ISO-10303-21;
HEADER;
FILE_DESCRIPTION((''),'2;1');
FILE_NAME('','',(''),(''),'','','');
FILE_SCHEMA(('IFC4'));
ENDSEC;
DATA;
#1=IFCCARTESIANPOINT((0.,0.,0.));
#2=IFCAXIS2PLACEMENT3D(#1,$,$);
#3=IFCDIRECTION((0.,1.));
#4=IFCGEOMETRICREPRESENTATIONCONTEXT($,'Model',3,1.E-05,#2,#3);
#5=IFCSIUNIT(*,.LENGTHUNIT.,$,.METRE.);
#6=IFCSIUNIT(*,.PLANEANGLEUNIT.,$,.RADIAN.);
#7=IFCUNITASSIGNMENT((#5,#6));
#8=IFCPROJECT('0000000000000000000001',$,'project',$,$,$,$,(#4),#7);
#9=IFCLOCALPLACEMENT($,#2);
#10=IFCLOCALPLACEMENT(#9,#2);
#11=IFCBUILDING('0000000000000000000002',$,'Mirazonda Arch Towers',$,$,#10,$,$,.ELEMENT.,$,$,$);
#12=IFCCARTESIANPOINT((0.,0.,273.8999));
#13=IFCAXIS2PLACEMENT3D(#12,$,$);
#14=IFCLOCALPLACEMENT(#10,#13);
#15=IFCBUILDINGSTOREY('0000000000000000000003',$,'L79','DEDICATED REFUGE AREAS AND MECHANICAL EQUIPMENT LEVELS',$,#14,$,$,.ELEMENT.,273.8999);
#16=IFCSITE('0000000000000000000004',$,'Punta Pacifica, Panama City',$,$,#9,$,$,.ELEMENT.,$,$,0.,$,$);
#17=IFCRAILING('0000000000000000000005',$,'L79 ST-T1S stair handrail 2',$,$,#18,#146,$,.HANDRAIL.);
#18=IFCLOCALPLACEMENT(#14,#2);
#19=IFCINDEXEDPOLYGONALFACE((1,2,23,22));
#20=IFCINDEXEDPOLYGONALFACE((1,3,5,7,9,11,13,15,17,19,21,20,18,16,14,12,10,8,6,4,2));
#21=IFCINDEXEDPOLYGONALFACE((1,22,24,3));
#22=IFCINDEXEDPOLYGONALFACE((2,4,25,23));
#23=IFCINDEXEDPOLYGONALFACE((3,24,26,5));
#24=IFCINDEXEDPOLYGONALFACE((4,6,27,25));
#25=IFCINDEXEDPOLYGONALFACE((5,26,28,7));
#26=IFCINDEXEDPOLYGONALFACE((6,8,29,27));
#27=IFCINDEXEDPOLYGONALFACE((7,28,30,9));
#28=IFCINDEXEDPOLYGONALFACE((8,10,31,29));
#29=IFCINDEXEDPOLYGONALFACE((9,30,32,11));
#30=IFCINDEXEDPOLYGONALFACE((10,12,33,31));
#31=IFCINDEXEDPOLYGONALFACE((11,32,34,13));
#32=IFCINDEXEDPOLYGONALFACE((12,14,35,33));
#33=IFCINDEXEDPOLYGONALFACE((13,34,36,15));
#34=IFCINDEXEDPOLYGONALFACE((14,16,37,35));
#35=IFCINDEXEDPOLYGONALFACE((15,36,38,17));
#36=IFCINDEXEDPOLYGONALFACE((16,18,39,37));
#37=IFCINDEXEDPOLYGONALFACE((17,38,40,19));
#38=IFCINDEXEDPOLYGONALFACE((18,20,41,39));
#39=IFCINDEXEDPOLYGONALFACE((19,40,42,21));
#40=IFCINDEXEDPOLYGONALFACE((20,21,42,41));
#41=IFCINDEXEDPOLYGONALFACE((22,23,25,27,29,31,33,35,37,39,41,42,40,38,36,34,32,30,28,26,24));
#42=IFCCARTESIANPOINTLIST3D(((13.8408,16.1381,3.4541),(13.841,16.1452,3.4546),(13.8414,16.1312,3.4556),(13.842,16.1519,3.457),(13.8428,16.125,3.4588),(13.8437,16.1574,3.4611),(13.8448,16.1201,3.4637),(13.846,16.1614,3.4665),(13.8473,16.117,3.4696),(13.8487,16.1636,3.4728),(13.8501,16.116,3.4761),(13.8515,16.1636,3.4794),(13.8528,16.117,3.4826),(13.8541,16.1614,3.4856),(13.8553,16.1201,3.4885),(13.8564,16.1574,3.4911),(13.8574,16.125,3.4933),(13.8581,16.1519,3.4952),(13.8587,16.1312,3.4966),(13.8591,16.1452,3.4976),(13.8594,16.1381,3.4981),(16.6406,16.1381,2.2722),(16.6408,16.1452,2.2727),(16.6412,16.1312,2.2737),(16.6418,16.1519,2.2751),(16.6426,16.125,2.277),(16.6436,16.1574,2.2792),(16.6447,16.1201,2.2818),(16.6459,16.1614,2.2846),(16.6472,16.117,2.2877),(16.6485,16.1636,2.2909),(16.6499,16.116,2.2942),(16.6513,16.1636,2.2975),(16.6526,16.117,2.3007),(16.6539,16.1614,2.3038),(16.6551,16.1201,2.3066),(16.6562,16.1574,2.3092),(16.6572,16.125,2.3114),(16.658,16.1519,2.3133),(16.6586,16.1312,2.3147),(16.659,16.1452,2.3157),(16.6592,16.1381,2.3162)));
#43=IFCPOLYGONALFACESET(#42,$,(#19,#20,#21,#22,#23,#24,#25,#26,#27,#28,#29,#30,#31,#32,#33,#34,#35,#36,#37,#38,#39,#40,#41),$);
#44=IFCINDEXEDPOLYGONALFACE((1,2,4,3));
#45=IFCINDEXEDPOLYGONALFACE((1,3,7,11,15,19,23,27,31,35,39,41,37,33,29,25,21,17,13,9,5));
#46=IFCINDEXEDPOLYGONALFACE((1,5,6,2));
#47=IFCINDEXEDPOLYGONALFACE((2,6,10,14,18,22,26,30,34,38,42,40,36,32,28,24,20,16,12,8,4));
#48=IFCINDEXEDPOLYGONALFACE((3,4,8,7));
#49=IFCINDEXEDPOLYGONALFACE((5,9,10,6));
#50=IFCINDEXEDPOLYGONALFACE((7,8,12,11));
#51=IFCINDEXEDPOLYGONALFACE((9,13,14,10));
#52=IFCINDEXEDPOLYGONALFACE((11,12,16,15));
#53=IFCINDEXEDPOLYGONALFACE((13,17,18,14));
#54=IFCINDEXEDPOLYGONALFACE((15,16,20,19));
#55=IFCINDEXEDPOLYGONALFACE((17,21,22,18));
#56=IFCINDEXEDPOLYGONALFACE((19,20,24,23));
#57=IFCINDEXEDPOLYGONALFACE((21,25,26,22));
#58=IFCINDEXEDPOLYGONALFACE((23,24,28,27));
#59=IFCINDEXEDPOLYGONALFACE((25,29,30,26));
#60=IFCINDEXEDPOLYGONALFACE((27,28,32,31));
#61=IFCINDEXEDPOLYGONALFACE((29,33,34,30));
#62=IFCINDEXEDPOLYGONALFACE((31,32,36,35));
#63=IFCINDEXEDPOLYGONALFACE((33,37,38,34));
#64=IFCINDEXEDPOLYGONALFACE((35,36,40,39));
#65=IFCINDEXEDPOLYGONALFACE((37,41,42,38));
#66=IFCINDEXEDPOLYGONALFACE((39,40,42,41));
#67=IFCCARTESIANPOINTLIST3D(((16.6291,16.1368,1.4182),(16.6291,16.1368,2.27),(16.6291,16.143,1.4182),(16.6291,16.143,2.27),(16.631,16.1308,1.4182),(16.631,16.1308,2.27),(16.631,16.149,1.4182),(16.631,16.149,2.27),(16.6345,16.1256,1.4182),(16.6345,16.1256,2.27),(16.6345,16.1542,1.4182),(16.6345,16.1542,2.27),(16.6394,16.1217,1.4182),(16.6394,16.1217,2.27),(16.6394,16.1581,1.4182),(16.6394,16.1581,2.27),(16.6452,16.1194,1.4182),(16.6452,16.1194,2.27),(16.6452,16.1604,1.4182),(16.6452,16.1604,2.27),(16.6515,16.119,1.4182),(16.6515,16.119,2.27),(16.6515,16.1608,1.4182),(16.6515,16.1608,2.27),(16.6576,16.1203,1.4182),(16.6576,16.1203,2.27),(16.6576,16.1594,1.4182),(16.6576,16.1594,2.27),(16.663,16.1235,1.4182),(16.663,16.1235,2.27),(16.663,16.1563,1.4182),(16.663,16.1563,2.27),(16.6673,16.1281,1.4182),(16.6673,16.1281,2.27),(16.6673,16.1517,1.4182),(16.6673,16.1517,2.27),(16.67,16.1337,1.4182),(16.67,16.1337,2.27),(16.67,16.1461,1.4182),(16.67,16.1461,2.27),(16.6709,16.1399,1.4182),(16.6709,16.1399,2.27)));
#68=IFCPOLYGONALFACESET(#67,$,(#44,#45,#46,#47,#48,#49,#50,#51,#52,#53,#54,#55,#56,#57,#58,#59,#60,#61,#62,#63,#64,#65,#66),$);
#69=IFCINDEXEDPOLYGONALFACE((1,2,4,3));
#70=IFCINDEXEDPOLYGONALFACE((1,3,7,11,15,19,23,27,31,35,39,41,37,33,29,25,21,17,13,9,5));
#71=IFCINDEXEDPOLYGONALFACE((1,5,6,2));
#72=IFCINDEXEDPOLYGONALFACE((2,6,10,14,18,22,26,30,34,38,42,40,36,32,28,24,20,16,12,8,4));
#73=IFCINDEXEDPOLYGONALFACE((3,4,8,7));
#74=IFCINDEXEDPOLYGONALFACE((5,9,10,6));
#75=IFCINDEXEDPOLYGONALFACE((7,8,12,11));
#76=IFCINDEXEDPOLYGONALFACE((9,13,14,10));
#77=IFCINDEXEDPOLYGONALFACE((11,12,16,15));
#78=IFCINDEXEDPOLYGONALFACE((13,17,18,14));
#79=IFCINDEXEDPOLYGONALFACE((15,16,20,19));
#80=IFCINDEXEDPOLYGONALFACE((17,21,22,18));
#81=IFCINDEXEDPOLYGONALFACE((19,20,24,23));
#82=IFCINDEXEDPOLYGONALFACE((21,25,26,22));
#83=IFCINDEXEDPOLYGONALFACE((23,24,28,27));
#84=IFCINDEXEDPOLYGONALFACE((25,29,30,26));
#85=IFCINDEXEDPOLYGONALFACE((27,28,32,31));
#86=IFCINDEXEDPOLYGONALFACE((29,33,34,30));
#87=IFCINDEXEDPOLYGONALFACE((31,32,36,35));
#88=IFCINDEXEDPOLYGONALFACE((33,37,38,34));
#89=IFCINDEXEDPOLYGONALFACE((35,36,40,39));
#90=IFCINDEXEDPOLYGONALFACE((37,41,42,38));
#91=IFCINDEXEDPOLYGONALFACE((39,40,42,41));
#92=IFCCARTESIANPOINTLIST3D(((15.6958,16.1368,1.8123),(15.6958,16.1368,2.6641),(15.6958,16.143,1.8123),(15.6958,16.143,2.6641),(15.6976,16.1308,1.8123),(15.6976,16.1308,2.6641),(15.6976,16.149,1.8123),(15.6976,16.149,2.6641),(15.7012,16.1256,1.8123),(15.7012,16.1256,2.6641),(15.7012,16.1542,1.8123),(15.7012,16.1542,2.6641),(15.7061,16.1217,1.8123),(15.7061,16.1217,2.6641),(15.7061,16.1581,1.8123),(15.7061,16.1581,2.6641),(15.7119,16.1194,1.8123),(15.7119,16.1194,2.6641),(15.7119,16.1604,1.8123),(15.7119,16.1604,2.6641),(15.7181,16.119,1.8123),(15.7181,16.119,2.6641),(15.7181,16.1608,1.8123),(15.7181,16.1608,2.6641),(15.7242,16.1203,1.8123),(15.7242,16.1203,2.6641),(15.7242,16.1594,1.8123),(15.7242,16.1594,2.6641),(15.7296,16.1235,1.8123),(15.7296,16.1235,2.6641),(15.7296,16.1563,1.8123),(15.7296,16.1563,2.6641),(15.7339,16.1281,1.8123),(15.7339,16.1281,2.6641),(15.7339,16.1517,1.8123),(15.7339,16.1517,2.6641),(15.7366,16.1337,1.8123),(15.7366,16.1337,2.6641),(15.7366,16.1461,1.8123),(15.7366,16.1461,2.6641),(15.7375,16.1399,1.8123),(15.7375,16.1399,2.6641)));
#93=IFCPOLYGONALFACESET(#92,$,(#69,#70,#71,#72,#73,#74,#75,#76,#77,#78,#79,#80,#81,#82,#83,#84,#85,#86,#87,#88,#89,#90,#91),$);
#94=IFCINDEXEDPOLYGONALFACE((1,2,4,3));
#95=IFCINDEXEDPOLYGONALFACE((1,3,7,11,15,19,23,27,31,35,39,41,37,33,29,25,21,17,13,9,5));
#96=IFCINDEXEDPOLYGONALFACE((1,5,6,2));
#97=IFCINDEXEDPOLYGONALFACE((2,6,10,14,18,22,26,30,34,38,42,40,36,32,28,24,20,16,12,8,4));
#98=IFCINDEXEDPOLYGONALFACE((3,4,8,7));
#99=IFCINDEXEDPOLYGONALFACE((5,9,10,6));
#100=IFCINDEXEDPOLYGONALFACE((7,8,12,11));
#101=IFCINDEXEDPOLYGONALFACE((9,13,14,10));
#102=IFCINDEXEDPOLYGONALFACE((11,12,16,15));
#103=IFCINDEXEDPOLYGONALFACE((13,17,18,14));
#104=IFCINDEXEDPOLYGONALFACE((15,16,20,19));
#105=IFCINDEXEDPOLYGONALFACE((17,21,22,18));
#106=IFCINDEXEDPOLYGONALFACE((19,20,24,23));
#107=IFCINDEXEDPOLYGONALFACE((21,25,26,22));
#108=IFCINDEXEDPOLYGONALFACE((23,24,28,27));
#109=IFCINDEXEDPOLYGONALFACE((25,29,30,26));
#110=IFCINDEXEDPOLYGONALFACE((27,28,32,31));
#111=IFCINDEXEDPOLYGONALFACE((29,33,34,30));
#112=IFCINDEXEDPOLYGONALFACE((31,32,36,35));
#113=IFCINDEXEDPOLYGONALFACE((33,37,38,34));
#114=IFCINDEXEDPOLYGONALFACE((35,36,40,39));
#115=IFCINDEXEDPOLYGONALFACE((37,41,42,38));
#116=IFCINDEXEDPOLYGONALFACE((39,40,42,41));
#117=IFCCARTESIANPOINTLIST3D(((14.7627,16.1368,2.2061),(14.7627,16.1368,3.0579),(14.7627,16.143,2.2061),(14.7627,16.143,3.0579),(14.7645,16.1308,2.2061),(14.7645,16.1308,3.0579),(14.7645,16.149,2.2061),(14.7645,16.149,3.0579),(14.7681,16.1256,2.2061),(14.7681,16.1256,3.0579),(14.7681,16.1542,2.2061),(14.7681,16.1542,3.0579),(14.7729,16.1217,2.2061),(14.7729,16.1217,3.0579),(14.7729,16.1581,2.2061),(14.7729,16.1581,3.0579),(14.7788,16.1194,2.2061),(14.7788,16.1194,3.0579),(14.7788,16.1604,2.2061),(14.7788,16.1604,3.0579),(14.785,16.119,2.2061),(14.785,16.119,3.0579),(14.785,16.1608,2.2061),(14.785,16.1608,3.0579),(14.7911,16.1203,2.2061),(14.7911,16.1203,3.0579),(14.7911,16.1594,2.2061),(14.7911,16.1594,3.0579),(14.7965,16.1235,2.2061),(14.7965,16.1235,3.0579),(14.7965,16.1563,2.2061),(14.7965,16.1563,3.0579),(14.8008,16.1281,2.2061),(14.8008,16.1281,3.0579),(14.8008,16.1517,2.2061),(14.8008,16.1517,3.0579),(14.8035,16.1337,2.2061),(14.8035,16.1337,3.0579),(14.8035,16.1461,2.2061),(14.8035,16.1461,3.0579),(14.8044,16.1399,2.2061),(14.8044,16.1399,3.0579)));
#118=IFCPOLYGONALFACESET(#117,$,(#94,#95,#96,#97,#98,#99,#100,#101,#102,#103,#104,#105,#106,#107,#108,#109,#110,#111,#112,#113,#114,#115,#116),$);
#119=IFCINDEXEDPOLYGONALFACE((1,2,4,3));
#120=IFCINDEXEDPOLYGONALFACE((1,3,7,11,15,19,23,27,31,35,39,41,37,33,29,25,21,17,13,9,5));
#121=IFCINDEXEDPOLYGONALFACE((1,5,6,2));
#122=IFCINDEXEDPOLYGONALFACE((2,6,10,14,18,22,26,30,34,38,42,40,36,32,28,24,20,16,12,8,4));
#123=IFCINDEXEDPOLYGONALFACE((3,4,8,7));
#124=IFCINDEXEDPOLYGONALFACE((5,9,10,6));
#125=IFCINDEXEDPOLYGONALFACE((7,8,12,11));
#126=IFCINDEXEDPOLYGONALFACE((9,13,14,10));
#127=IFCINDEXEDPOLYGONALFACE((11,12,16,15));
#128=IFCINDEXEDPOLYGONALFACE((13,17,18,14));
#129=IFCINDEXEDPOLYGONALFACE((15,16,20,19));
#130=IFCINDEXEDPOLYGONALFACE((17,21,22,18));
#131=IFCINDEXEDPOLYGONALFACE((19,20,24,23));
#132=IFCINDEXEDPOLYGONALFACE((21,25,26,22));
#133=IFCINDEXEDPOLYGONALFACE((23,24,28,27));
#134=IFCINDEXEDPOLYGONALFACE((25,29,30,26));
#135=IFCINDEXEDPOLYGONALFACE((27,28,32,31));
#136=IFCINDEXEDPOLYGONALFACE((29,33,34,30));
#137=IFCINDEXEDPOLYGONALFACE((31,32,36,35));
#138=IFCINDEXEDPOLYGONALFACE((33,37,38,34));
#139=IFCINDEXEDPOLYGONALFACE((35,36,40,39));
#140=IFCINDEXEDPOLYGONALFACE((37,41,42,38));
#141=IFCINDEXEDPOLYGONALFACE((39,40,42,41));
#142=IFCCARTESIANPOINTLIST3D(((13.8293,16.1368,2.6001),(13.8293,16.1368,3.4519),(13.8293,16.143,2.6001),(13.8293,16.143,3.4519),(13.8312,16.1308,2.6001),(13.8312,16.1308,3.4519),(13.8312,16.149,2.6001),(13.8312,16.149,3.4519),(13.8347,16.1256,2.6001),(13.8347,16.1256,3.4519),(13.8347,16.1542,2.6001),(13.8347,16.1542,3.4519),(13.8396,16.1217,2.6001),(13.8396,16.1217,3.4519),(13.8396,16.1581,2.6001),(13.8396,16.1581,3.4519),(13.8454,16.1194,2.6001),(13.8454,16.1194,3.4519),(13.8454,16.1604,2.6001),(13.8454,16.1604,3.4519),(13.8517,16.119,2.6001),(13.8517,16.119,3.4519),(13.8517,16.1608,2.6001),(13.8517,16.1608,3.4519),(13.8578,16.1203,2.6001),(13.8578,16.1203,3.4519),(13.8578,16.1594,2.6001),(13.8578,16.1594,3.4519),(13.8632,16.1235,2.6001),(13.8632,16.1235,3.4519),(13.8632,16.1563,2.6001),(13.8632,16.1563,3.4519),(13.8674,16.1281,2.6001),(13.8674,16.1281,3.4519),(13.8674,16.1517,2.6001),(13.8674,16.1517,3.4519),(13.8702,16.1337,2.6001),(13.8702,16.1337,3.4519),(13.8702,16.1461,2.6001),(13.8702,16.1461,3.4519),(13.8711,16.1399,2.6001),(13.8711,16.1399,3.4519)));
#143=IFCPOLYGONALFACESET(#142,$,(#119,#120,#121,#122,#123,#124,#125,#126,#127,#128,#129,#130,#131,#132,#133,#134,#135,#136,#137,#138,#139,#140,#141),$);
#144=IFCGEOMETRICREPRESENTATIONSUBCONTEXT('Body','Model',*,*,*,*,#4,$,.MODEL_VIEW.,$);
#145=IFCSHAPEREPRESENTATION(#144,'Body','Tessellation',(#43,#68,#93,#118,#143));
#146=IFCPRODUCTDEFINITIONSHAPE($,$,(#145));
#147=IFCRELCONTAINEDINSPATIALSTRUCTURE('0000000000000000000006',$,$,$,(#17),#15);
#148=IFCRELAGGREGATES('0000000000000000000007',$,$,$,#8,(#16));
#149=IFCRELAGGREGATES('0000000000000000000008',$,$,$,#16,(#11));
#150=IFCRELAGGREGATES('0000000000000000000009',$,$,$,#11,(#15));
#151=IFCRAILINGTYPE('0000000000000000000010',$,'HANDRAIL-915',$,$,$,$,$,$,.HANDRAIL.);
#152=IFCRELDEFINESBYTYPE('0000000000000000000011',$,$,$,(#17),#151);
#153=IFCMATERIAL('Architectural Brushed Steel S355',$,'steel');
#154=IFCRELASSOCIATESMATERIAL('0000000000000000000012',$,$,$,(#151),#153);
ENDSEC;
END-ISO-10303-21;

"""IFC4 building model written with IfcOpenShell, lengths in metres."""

from ifc_helpers import new_model, si_unit, direction, frame, origin, origin_2d, place, context, subcontext, project, spatial, circle, extrude, material, type_object, element, save


model = new_model("IFC4")

# Units and contexts
model_context = context("Model", 3, precision=1e-05, world=origin(), true_north=direction((0.0, 1.0)))
body_context = subcontext(model_context, "Body", "Model", "MODEL_VIEW")
ifc_project = project(units=[si_unit("LENGTHUNIT", "METRE"), si_unit("PLANEANGLEUNIT", "RADIAN")], contexts=[model_context])

# Site, building, storey
site_placement = place(None, origin())
site = spatial("IfcSite", under=ifc_project, at=site_placement, Name="Punta Pacifica, Panama City", CompositionType="ELEMENT", RefElevation=0.0)
building_placement = place(site_placement, origin())
building = spatial("IfcBuilding", under=site, at=building_placement, Name="Mirazonda Arch Towers", CompositionType="ELEMENT")
storey_placement = place(building_placement, frame((0.0, 0.0, 273.8999)))
storey = spatial("IfcBuildingStorey", under=building, at=storey_placement, Name="L79", Description="DEDICATED REFUGE AREAS AND MECHANICAL EQUIPMENT LEVELS", CompositionType="ELEMENT", Elevation=273.8999)

# Shared definitions
ifc_material_1 = material(Name="Architectural Brushed Steel S355", Category="steel")

# Railing
railing_type_1 = type_object("IfcRailingType", Name="HANDRAIL-915", PredefinedType="HANDRAIL", material=ifc_material_1)
railing_1_placement = place(storey_placement, frame((16.6499, 16.1399, 1.4182)))
element("IfcRailing", 1, at=railing_1_placement, inside=storey, type_object=railing_type_1, Name="L79 ST-T1S stair handrail 2", PredefinedType="HANDRAIL", context=body_context, shape_type="SweptSolid", body=[
    extrude(circle(Radius=0.0239, at=origin_2d()), frame((0.0, 0.0, 0.876), z_axis=(-0.92128, 0.0, 0.388901), x_axis=(0.0, -1.0, 0.0)), (0.0, 0.0, 1.0), 3.0391),
    extrude(circle(Radius=0.021, at=origin_2d()), origin(), (0.0, 0.0, 1.0), 0.8518),
    extrude(circle(Radius=0.021, at=origin_2d()), frame((-0.9333, 0.0, 0.394)), (0.0, 0.0, 1.0), 0.8518),
    extrude(circle(Radius=0.021, at=origin_2d()), frame((-1.8665, 0.0, 0.7878)), (0.0, 0.0, 1.0), 0.8518),
    extrude(circle(Radius=0.021, at=origin_2d()), frame((-2.7998, 0.0, 1.1819)), (0.0, 0.0, 1.0), 0.8518),
])

save(model, "model.ifc")
